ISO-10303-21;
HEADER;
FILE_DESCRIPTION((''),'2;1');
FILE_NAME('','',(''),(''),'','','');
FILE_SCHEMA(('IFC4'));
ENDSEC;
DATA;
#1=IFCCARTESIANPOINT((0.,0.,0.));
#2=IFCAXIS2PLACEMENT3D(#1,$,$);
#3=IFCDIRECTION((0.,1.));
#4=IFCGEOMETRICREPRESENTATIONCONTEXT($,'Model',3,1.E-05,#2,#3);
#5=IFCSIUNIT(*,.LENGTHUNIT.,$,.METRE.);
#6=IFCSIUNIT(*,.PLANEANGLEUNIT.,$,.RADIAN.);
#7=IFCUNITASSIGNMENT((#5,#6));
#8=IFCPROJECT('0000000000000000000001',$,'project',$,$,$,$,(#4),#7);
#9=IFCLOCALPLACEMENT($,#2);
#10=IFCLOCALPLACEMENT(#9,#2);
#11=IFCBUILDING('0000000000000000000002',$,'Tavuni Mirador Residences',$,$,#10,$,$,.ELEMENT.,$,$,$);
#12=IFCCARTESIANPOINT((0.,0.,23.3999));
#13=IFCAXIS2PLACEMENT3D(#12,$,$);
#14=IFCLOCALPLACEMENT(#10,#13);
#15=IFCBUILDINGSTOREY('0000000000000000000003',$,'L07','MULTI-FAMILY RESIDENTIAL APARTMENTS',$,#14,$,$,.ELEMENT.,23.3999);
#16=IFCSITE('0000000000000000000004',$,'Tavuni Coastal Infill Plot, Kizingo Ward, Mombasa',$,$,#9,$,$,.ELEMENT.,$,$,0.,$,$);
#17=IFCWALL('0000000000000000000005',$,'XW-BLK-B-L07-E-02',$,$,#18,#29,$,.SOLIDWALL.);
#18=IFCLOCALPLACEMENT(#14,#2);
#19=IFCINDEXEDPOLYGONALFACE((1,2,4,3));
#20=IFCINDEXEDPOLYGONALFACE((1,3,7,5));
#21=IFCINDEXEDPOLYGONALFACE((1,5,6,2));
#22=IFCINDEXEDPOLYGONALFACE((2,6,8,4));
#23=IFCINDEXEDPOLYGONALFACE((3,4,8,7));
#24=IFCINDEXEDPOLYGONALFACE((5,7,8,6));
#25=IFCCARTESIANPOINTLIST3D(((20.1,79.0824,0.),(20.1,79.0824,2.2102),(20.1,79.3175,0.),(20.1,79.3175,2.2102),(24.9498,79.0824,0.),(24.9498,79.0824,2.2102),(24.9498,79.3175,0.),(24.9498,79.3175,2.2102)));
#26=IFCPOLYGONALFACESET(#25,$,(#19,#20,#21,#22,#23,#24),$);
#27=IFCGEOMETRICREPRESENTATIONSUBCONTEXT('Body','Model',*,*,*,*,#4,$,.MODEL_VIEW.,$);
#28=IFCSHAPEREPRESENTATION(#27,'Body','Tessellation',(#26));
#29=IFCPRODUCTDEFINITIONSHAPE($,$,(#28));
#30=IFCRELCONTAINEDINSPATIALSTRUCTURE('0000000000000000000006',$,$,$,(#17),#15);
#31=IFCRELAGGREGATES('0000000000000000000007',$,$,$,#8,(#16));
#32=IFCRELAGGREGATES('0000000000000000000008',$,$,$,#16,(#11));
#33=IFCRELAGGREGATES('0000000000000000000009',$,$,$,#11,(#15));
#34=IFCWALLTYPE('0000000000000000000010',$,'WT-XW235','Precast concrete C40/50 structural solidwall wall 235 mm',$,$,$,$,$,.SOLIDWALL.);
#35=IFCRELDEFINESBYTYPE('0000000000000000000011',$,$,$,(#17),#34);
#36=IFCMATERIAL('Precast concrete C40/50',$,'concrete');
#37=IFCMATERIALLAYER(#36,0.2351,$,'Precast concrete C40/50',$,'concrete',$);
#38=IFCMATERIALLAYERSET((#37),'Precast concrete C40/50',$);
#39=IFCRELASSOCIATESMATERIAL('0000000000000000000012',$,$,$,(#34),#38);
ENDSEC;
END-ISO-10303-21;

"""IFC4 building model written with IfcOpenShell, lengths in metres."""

from ifc_helpers import new_model, si_unit, direction, frame, frame_2d, origin, place, context, subcontext, project, spatial, rectangle, extrude, material, layer, layer_set, type_object, element, save


model = new_model("IFC4")

# Units and contexts
model_context = context("Model", 3, precision=1e-05, world=origin(), true_north=direction((0.0, 1.0)))
body_context = subcontext(model_context, "Body", "Model", "MODEL_VIEW")
ifc_project = project(units=[si_unit("LENGTHUNIT", "METRE"), si_unit("PLANEANGLEUNIT", "RADIAN")], contexts=[model_context])

# Site, building, storey
site_placement = place(None, origin())
site = spatial("IfcSite", under=ifc_project, at=site_placement, Name="Tavuni Coastal Infill Plot, Kizingo Ward, Mombasa", CompositionType="ELEMENT", RefElevation=0.0)
building_placement = place(site_placement, origin())
building = spatial("IfcBuilding", under=site, at=building_placement, Name="Tavuni Mirador Residences", CompositionType="ELEMENT")
storey_placement = place(building_placement, frame((0.0, 0.0, 23.3999)))
storey = spatial("IfcBuildingStorey", under=building, at=storey_placement, Name="L07", Description="MULTI-FAMILY RESIDENTIAL APARTMENTS", CompositionType="ELEMENT", Elevation=23.3999)

# Shared definitions
ifc_material_1 = material(Name="Precast concrete C40/50", Category="concrete")

# Wall
ifc_layer_1 = layer(ifc_material_1, 0.2351, Name="Precast concrete C40/50", Category="concrete")
ifc_layer_set_1 = layer_set([ifc_layer_1], Name="Precast concrete C40/50")
wall_type_1 = type_object("IfcWallType", Name="WT-XW235", Description="Precast concrete C40/50 structural solidwall wall 235 mm", PredefinedType="SOLIDWALL", material=ifc_layer_set_1)
for number, where, z_axis, x_axis, name in (
    (1, (20.1001, 79.2, 0.0), (0.0, 0.0, 1.0), (1.0, 0.0, 0.0), "XW-BLK-B-L07-E-02"),
):
    element("IfcWall", number, at=place(storey_placement, frame(where, z_axis=z_axis, x_axis=x_axis)), inside=storey, type_object=wall_type_1, Name=name, PredefinedType="SOLIDWALL", context=body_context, shape_type="SweptSolid", body=[
        extrude(rectangle(XDim=4.8499, YDim=0.2351, at=frame_2d((2.4248, 0.0))), origin(), (0.0, 0.0, 1.0), 2.2102),
    ])

save(model, "model.ifc")
